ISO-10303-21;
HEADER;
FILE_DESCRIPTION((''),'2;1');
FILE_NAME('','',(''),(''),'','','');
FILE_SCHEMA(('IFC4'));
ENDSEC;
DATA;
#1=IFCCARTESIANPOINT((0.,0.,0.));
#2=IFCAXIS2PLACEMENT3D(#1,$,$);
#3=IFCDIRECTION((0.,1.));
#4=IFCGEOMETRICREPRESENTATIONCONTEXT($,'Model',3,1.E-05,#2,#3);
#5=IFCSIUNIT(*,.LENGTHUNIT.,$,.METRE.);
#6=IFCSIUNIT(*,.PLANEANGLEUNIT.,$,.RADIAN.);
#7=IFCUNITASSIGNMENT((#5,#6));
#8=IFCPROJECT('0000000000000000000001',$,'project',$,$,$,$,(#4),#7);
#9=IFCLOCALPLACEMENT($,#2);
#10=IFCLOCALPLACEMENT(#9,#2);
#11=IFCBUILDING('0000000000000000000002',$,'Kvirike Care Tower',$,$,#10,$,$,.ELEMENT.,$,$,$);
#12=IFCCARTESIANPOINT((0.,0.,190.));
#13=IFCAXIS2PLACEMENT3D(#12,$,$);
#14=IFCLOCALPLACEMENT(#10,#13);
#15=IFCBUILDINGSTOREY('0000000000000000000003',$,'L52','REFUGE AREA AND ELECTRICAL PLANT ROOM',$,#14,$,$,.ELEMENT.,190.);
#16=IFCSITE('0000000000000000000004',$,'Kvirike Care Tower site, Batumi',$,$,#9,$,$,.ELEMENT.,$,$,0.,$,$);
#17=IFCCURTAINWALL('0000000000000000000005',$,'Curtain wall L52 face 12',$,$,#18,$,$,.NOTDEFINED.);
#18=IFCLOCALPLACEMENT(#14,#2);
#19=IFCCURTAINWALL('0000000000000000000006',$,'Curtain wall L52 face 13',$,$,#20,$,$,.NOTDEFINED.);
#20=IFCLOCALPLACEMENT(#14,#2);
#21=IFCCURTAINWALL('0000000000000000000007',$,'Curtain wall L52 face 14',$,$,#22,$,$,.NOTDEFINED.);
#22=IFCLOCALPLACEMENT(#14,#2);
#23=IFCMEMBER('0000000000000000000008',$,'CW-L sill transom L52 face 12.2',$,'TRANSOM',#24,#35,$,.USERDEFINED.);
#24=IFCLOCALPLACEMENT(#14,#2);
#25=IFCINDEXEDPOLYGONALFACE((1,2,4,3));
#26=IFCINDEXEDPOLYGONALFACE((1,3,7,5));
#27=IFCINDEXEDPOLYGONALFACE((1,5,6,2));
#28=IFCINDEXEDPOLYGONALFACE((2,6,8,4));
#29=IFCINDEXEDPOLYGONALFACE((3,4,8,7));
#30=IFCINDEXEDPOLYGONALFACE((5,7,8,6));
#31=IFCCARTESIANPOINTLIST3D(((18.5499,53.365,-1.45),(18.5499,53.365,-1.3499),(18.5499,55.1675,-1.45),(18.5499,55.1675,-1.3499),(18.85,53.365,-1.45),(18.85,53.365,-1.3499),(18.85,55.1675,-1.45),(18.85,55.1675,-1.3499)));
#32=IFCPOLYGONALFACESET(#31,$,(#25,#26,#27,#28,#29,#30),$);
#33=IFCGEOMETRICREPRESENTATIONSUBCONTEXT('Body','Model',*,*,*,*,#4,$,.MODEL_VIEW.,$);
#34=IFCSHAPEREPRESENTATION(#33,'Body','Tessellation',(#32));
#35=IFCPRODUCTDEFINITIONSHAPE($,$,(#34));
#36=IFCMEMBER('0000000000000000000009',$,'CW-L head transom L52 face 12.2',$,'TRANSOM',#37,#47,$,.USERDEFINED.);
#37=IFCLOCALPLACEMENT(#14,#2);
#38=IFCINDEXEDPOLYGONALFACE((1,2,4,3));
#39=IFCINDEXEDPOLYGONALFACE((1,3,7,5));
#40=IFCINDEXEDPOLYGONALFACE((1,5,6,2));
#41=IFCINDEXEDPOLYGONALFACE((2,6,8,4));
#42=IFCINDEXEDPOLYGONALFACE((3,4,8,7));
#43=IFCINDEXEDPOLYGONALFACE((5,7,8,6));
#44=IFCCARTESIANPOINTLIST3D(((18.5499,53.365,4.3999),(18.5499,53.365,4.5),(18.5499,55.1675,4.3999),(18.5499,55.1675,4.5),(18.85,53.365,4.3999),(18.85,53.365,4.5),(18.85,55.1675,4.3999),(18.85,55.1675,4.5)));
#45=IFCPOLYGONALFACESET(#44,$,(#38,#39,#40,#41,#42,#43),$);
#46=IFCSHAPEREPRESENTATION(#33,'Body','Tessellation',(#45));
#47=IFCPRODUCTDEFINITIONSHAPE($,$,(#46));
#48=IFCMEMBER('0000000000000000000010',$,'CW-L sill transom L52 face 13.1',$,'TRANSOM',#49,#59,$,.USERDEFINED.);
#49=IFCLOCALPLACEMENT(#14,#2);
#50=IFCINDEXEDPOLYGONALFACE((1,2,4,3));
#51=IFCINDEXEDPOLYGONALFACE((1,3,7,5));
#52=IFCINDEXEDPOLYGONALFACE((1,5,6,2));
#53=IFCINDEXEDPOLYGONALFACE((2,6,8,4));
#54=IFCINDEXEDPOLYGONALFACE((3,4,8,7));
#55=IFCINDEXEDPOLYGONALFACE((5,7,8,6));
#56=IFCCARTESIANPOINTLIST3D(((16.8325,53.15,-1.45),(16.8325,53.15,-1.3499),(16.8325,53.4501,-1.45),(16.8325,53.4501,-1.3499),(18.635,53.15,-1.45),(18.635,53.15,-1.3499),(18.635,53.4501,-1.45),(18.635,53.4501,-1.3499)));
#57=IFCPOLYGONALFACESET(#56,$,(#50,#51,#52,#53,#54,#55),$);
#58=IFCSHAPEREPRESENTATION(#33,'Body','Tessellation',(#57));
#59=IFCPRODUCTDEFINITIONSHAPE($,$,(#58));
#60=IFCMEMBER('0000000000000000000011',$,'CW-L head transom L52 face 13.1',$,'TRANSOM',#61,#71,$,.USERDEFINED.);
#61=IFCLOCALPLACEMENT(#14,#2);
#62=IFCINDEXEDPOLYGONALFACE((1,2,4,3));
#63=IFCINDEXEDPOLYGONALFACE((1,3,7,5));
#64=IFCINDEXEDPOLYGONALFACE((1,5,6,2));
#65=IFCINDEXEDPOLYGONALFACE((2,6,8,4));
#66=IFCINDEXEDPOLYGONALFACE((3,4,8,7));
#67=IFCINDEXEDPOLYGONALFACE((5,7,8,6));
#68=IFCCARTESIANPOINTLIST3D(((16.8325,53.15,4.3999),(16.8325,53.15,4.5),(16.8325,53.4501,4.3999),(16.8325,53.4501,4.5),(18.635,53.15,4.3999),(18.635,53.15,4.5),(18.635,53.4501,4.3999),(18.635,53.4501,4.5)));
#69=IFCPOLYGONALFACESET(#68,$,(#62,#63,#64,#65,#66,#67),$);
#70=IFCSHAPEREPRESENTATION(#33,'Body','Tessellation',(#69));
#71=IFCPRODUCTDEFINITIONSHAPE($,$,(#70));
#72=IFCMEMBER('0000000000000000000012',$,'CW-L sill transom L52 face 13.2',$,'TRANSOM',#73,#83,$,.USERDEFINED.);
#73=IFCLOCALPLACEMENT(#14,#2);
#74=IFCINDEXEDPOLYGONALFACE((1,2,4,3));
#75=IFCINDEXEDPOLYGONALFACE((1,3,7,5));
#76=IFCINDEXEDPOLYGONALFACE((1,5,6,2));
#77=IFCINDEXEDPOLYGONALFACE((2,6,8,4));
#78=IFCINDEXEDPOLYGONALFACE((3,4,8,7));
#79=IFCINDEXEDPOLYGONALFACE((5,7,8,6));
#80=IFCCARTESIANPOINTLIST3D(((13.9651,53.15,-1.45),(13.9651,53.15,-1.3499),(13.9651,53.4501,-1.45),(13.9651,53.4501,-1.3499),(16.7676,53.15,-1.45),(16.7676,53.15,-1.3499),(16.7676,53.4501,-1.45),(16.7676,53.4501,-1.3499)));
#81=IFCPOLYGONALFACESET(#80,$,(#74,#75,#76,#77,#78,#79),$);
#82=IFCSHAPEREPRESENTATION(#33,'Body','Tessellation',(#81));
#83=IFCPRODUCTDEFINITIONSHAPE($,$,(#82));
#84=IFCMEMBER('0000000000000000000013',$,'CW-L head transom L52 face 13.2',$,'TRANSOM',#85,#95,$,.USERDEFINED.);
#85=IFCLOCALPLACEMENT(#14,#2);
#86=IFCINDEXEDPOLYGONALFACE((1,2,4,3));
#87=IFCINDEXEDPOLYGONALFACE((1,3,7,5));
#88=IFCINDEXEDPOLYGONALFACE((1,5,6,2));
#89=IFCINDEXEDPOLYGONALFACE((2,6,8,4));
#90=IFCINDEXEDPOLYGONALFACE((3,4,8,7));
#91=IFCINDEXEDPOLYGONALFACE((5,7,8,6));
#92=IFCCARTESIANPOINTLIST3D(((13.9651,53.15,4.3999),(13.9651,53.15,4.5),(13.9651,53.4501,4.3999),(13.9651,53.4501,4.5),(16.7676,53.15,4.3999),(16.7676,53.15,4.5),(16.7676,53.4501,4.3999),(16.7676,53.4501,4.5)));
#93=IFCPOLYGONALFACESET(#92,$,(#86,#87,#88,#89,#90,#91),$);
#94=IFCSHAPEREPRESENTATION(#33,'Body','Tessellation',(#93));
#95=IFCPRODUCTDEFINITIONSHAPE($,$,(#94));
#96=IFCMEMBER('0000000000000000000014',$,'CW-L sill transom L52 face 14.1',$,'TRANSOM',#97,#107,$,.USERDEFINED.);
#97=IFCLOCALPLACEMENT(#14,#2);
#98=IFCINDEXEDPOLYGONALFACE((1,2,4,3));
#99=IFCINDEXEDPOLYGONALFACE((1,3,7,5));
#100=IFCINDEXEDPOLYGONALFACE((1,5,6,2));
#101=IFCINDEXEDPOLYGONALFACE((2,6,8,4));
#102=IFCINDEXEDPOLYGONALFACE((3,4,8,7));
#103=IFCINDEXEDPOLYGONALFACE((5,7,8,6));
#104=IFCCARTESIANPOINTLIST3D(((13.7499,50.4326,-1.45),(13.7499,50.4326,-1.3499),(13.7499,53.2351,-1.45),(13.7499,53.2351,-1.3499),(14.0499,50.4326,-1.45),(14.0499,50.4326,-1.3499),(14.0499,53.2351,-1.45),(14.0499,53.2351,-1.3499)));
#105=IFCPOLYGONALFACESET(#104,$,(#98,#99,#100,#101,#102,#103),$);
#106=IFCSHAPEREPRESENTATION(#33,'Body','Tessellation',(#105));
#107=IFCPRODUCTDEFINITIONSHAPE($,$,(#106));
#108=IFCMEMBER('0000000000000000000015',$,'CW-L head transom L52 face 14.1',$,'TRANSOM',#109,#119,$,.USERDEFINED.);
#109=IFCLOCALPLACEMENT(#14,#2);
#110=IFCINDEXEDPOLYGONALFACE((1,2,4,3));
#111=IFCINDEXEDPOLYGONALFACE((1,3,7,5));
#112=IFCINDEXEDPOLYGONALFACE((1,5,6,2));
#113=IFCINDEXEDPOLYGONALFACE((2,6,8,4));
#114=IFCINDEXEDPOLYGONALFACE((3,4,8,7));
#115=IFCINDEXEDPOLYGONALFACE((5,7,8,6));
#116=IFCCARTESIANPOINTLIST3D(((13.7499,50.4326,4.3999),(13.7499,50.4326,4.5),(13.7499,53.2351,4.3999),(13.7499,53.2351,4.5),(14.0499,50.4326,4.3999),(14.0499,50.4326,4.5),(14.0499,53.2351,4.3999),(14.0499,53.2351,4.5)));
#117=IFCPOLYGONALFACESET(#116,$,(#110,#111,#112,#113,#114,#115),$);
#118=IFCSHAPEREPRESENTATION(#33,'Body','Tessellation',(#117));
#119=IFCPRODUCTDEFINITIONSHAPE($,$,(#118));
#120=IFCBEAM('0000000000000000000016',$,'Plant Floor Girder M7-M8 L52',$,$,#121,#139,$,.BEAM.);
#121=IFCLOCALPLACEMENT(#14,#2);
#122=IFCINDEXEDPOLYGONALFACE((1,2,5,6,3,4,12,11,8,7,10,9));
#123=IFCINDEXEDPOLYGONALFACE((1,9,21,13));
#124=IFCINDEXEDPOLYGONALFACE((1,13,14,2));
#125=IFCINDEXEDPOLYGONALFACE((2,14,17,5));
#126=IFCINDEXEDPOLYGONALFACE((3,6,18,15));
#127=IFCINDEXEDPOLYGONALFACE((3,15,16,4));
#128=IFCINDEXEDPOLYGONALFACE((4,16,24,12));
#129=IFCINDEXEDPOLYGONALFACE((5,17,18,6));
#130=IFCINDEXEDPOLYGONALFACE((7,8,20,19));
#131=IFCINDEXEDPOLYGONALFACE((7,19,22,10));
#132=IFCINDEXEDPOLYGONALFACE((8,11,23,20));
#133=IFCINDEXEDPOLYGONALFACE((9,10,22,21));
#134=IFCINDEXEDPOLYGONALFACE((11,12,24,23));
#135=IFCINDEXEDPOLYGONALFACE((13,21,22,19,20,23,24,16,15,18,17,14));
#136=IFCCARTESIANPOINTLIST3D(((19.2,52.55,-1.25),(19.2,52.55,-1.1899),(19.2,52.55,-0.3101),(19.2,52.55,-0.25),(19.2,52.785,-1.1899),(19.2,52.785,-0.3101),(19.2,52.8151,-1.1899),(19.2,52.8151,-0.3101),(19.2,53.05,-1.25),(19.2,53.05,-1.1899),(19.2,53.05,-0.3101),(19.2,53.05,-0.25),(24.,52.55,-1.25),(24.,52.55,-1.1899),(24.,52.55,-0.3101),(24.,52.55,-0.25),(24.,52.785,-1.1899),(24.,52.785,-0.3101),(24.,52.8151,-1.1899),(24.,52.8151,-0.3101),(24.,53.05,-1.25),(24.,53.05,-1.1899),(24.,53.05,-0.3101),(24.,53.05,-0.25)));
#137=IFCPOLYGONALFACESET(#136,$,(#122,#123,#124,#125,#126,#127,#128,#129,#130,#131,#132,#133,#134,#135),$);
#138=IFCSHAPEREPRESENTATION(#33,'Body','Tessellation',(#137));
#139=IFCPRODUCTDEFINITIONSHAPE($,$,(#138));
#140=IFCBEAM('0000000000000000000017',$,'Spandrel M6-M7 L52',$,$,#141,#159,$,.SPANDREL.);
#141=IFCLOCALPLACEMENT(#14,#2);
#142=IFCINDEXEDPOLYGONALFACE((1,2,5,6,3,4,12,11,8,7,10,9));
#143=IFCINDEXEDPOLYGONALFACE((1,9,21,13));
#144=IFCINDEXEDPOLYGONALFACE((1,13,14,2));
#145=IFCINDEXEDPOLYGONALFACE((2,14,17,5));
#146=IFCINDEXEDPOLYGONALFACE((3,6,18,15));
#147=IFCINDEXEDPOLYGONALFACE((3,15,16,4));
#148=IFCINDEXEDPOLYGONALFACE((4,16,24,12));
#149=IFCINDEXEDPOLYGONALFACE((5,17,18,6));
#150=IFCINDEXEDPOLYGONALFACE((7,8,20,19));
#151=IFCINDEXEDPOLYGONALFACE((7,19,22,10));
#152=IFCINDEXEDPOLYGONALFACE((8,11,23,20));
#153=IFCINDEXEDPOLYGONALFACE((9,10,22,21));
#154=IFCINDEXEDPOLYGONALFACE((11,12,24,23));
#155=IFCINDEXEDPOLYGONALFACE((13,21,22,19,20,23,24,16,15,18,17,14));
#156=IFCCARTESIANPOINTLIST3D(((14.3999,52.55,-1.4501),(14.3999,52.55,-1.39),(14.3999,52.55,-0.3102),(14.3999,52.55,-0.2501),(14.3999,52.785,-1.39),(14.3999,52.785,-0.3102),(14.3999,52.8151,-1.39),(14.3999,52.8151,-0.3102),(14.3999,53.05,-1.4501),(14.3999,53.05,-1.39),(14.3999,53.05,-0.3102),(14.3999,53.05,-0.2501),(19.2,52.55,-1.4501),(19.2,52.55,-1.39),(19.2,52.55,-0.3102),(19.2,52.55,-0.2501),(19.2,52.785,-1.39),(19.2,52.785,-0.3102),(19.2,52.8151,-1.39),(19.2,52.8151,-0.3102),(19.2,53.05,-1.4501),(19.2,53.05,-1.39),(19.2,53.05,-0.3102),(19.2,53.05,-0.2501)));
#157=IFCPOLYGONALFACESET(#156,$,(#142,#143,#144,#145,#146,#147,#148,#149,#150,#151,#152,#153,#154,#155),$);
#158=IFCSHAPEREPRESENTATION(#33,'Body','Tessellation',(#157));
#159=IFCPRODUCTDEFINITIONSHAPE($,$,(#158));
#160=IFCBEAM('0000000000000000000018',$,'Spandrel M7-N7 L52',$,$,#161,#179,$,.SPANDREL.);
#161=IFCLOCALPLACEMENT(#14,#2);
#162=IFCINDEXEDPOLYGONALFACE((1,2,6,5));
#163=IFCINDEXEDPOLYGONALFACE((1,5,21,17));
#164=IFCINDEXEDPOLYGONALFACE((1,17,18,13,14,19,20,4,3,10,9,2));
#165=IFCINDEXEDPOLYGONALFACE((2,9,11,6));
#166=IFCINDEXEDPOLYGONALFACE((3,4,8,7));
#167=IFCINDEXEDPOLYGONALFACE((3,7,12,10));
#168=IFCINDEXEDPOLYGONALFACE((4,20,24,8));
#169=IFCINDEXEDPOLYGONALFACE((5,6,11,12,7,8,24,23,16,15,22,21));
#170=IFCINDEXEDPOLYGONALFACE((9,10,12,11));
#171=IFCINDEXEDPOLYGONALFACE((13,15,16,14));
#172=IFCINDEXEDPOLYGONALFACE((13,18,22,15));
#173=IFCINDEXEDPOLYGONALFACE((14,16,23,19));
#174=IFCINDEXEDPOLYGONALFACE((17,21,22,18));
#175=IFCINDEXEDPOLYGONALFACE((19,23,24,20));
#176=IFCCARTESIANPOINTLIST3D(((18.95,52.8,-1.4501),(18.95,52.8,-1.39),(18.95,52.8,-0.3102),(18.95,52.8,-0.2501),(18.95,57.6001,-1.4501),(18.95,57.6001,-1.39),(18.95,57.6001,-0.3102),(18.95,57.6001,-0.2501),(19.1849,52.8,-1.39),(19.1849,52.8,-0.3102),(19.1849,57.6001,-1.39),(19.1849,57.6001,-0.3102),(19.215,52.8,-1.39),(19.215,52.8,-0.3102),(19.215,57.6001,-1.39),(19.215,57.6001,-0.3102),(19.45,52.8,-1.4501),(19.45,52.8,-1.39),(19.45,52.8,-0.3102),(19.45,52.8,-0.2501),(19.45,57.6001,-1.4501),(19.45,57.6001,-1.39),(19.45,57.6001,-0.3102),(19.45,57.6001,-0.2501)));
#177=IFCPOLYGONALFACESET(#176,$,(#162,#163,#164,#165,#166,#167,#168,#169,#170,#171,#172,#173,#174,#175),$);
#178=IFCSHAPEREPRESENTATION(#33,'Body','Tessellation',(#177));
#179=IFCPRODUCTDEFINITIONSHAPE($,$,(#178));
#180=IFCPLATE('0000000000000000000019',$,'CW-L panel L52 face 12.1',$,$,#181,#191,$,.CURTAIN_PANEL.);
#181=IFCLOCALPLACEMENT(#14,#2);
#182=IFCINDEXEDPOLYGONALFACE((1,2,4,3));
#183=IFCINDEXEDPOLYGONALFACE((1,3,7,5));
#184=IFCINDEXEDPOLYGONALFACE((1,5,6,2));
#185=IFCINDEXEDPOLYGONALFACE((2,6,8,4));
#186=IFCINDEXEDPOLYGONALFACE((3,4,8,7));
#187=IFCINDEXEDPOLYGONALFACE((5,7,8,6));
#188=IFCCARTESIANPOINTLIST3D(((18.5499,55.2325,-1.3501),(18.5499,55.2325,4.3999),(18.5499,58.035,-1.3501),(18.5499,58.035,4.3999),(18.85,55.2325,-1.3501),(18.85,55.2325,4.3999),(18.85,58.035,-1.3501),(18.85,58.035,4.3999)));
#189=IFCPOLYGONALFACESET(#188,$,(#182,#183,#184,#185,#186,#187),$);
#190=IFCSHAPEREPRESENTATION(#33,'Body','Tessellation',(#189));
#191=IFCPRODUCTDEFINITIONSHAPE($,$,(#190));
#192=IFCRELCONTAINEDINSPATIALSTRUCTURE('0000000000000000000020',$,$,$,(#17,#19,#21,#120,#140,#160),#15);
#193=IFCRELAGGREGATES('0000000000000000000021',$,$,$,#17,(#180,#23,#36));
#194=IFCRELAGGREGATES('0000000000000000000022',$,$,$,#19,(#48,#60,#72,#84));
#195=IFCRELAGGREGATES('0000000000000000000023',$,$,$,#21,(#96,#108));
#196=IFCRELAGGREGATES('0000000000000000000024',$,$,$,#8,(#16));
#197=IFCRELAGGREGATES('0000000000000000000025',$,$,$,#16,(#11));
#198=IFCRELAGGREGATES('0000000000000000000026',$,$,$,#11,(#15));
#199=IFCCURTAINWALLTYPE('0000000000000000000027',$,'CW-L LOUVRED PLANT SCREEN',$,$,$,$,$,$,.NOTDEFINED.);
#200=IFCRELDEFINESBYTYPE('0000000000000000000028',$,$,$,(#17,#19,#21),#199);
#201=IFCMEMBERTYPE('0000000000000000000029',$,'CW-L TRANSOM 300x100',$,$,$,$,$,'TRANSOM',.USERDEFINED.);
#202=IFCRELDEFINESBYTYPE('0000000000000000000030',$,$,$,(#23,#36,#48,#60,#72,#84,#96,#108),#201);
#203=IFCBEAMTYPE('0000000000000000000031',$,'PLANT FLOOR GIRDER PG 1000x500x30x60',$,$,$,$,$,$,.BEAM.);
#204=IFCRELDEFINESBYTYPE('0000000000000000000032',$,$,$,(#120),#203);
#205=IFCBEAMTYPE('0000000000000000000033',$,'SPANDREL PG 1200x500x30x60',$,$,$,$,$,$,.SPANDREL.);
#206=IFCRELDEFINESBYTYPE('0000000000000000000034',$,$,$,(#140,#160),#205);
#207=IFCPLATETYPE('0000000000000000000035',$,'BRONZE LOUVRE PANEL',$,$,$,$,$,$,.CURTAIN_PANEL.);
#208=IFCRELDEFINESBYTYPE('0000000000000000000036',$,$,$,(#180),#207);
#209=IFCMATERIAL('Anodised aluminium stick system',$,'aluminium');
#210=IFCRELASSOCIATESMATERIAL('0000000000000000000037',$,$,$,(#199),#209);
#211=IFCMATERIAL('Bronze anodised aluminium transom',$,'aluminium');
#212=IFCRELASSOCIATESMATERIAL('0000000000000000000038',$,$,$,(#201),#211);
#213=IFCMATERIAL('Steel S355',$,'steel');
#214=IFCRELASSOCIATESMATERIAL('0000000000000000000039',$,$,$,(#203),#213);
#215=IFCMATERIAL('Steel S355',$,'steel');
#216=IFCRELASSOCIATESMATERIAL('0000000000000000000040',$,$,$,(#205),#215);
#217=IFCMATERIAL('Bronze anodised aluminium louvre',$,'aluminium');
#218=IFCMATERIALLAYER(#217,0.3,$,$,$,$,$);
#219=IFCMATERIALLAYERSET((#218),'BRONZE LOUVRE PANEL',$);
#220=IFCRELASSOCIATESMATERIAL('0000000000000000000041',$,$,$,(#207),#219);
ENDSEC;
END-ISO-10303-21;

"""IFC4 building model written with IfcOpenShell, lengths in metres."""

from ifc_helpers import new_model, si_unit, direction, frame, origin, origin_2d, place, context, subcontext, project, spatial, rectangle, i_section, extrude, material, layer, layer_set, material_profile, profile_set, type_object, element, aggregate, save


model = new_model("IFC4")

# Units and contexts
model_context = context("Model", 3, precision=1e-05, world=origin(), true_north=direction((0.0, 1.0)))
body_context = subcontext(model_context, "Body", "Model", "MODEL_VIEW")
ifc_project = project(units=[si_unit("LENGTHUNIT", "METRE"), si_unit("PLANEANGLEUNIT", "RADIAN")], contexts=[model_context])

# Site, building, storey
site_placement = place(None, origin())
site = spatial("IfcSite", under=ifc_project, at=site_placement, Name="Kvirike Care Tower site, Batumi", CompositionType="ELEMENT", RefElevation=0.0)
building_placement = place(site_placement, origin())
building = spatial("IfcBuilding", under=site, at=building_placement, Name="Kvirike Care Tower", CompositionType="ELEMENT")
storey_placement = place(building_placement, frame((0.0, 0.0, 190.0)))
storey = spatial("IfcBuildingStorey", under=building, at=storey_placement, Name="L52", Description="REFUGE AREA AND ELECTRICAL PLANT ROOM", CompositionType="ELEMENT", Elevation=190.0)

# Curtain wall
ifc_material_1 = material(Name="Anodised aluminium stick system", Category="aluminium")
curtain_wall_type = type_object("IfcCurtainWallType", Name="CW-L LOUVRED PLANT SCREEN", PredefinedType="NOTDEFINED", material=ifc_material_1)
curtain_wall_1_placement = place(storey_placement, origin())
curtain_wall_1 = element("IfcCurtainWall", 1, at=curtain_wall_1_placement, inside=storey, type_object=curtain_wall_type, Name="Curtain wall L52 face 12", PredefinedType="NOTDEFINED")

# Curtain walls
curtain_wall_2_placement = place(storey_placement, origin())
curtain_wall_2 = element("IfcCurtainWall", 2, at=curtain_wall_2_placement, inside=storey, type_object=curtain_wall_type, Name="Curtain wall L52 face 13", PredefinedType="NOTDEFINED")
curtain_wall_3_placement = place(storey_placement, origin())
curtain_wall_3 = element("IfcCurtainWall", 3, at=curtain_wall_3_placement, inside=storey, type_object=curtain_wall_type, Name="Curtain wall L52 face 14", PredefinedType="NOTDEFINED")

# Members
ifc_material_2 = material(Name="Bronze anodised aluminium transom", Category="aluminium")
ifc_material_profile_1 = material_profile(ifc_material_2, rectangle(XDim=0.3, YDim=0.1001, at=origin_2d()), Name="CW-L TRANSOM 300x100")
ifc_profile_set_1 = profile_set([ifc_material_profile_1], Name="Bronze anodised aluminium transom")
member_type_1 = type_object("IfcMemberType", Name="CW-L TRANSOM 300x100", ElementType="TRANSOM", PredefinedType="USERDEFINED", material=ifc_profile_set_1)
member_1_placement = place(storey_placement, frame((18.7, 55.1675, -1.3999), z_axis=(0.0, -1.0, 0.0), x_axis=(1.0, 0.0, 0.0)))
member_1 = element("IfcMember", 4, at=member_1_placement, type_object=member_type_1, Name="CW-L sill transom L52 face 12.2", ObjectType="TRANSOM", PredefinedType="USERDEFINED", context=body_context, shape_type="SweptSolid", body=[
    extrude(rectangle(XDim=0.3, YDim=0.1001, at=origin_2d()), origin(), (0.0, 0.0, 1.0), 1.8025),
])
member_2_placement = place(storey_placement, frame((18.7, 55.1675, 4.45), z_axis=(0.0, -1.0, 0.0), x_axis=(1.0, 0.0, 0.0)))
member_2 = element("IfcMember", 5, at=member_2_placement, type_object=member_type_1, Name="CW-L head transom L52 face 12.2", ObjectType="TRANSOM", PredefinedType="USERDEFINED", context=body_context, shape_type="SweptSolid", body=[
    extrude(rectangle(XDim=0.3, YDim=0.1001, at=origin_2d()), origin(), (0.0, 0.0, 1.0), 1.8025),
])
member_3_placement = place(storey_placement, frame((18.635, 53.3, -1.3999), z_axis=(-1.0, 0.0, 0.0), x_axis=(0.0, -1.0, 0.0)))
member_3 = element("IfcMember", 6, at=member_3_placement, type_object=member_type_1, Name="CW-L sill transom L52 face 13.1", ObjectType="TRANSOM", PredefinedType="USERDEFINED", context=body_context, shape_type="SweptSolid", body=[
    extrude(rectangle(XDim=0.3, YDim=0.1001, at=origin_2d()), origin(), (0.0, 0.0, 1.0), 1.8025),
])
member_4_placement = place(storey_placement, frame((18.635, 53.3, 4.45), z_axis=(-1.0, 0.0, 0.0), x_axis=(0.0, -1.0, 0.0)))
member_4 = element("IfcMember", 7, at=member_4_placement, type_object=member_type_1, Name="CW-L head transom L52 face 13.1", ObjectType="TRANSOM", PredefinedType="USERDEFINED", context=body_context, shape_type="SweptSolid", body=[
    extrude(rectangle(XDim=0.3, YDim=0.1001, at=origin_2d()), origin(), (0.0, 0.0, 1.0), 1.8025),
])
member_5_placement = place(storey_placement, frame((16.7676, 53.3, -1.3999), z_axis=(-1.0, 0.0, 0.0), x_axis=(0.0, -1.0, 0.0)))
member_5 = element("IfcMember", 8, at=member_5_placement, type_object=member_type_1, Name="CW-L sill transom L52 face 13.2", ObjectType="TRANSOM", PredefinedType="USERDEFINED", context=body_context, shape_type="SweptSolid", body=[
    extrude(rectangle(XDim=0.3, YDim=0.1001, at=origin_2d()), origin(), (0.0, 0.0, 1.0), 2.8025),
])
member_6_placement = place(storey_placement, frame((16.7676, 53.3, 4.45), z_axis=(-1.0, 0.0, 0.0), x_axis=(0.0, -1.0, 0.0)))
member_6 = element("IfcMember", 9, at=member_6_placement, type_object=member_type_1, Name="CW-L head transom L52 face 13.2", ObjectType="TRANSOM", PredefinedType="USERDEFINED", context=body_context, shape_type="SweptSolid", body=[
    extrude(rectangle(XDim=0.3, YDim=0.1001, at=origin_2d()), origin(), (0.0, 0.0, 1.0), 2.8025),
])
member_7_placement = place(storey_placement, frame((13.8999, 53.2351, -1.3999), z_axis=(0.0, -1.0, 0.0), x_axis=(1.0, 0.0, 0.0)))
member_7 = element("IfcMember", 10, at=member_7_placement, type_object=member_type_1, Name="CW-L sill transom L52 face 14.1", ObjectType="TRANSOM", PredefinedType="USERDEFINED", context=body_context, shape_type="SweptSolid", body=[
    extrude(rectangle(XDim=0.3, YDim=0.1001, at=origin_2d()), origin(), (0.0, 0.0, 1.0), 2.8025),
])
member_8_placement = place(storey_placement, frame((13.8999, 53.2351, 4.45), z_axis=(0.0, -1.0, 0.0), x_axis=(1.0, 0.0, 0.0)))
member_8 = element("IfcMember", 11, at=member_8_placement, type_object=member_type_1, Name="CW-L head transom L52 face 14.1", ObjectType="TRANSOM", PredefinedType="USERDEFINED", context=body_context, shape_type="SweptSolid", body=[
    extrude(rectangle(XDim=0.3, YDim=0.1001, at=origin_2d()), origin(), (0.0, 0.0, 1.0), 2.8025),
])

# Beams
ifc_material_3 = material(Name="Steel S355", Category="steel")
ifc_material_profile_2 = material_profile(ifc_material_3, i_section(OverallWidth=0.5, OverallDepth=1.0, WebThickness=0.03, FlangeThickness=0.0601, at=origin_2d()), Name="PG 1000x500x30x60")
ifc_profile_set_2 = profile_set([ifc_material_profile_2], Name="Steel S355")
beam_type_1 = type_object("IfcBeamType", Name="PLANT FLOOR GIRDER PG 1000x500x30x60", PredefinedType="BEAM", material=ifc_profile_set_2)
beam_placement = place(storey_placement, frame((19.2, 52.8, -0.75), z_axis=(1.0, 0.0, 0.0), x_axis=(0.0, 1.0, 0.0)))
element("IfcBeam", 12, at=beam_placement, inside=storey, type_object=beam_type_1, Name="Plant Floor Girder M7-M8 L52", PredefinedType="BEAM", context=body_context, shape_type="SweptSolid", body=[
    extrude(i_section(OverallWidth=0.5, OverallDepth=1.0, WebThickness=0.03, FlangeThickness=0.0601, at=origin_2d()), origin(), (0.0, 0.0, 1.0), 4.8),
])
ifc_material_4 = material(Name="Steel S355", Category="steel")
ifc_material_profile_3 = material_profile(ifc_material_4, i_section(OverallWidth=0.5, OverallDepth=1.2, WebThickness=0.03, FlangeThickness=0.0601, at=origin_2d()), Name="PG 1200x500x30x60")
ifc_profile_set_3 = profile_set([ifc_material_profile_3], Name="Steel S355")
beam_type_2 = type_object("IfcBeamType", Name="SPANDREL PG 1200x500x30x60", PredefinedType="SPANDREL", material=ifc_profile_set_3)
for number, where, z_axis, x_axis, name in (
    (13, (14.3999, 52.8, -0.8501), (1.0, 0.0, 0.0), (0.0, 1.0, 0.0), "Spandrel M6-M7 L52"),
    (14, (19.2, 52.8, -0.8501), (0.0, 1.0, 0.0), (-1.0, 0.0, 0.0), "Spandrel M7-N7 L52"),
):
    element("IfcBeam", number, at=place(storey_placement, frame(where, z_axis=z_axis, x_axis=x_axis)), inside=storey, type_object=beam_type_2, Name=name, PredefinedType="SPANDREL", context=body_context, shape_type="SweptSolid", body=[
        extrude(i_section(OverallWidth=0.5, OverallDepth=1.2, WebThickness=0.03, FlangeThickness=0.0601, at=origin_2d()), origin(), (0.0, 0.0, 1.0), 4.8),
    ])

# Plate
ifc_material_5 = material(Name="Bronze anodised aluminium louvre", Category="aluminium")
ifc_layer = layer(ifc_material_5, 0.3)
ifc_layer_set = layer_set([ifc_layer], Name="BRONZE LOUVRE PANEL")
plate_type = type_object("IfcPlateType", Name="BRONZE LOUVRE PANEL", PredefinedType="CURTAIN_PANEL", material=ifc_layer_set)
plate_1_placement = place(storey_placement, frame((18.7, 56.6338, -1.3501), z_axis=(0.0, 0.0, 1.0), x_axis=(0.0, -1.0, 0.0)))
plate_1 = element("IfcPlate", 15, at=plate_1_placement, type_object=plate_type, Name="CW-L panel L52 face 12.1", PredefinedType="CURTAIN_PANEL", context=body_context, shape_type="SweptSolid", body=[
    extrude(rectangle(XDim=2.8025, YDim=0.3, at=origin_2d()), origin(), (0.0, 0.0, 1.0), 5.75),
])
aggregate(curtain_wall_1, [plate_1, member_1, member_2])
aggregate(curtain_wall_2, [member_3, member_4, member_5, member_6])
aggregate(curtain_wall_3, [member_7, member_8])

save(model, "model.ifc")
